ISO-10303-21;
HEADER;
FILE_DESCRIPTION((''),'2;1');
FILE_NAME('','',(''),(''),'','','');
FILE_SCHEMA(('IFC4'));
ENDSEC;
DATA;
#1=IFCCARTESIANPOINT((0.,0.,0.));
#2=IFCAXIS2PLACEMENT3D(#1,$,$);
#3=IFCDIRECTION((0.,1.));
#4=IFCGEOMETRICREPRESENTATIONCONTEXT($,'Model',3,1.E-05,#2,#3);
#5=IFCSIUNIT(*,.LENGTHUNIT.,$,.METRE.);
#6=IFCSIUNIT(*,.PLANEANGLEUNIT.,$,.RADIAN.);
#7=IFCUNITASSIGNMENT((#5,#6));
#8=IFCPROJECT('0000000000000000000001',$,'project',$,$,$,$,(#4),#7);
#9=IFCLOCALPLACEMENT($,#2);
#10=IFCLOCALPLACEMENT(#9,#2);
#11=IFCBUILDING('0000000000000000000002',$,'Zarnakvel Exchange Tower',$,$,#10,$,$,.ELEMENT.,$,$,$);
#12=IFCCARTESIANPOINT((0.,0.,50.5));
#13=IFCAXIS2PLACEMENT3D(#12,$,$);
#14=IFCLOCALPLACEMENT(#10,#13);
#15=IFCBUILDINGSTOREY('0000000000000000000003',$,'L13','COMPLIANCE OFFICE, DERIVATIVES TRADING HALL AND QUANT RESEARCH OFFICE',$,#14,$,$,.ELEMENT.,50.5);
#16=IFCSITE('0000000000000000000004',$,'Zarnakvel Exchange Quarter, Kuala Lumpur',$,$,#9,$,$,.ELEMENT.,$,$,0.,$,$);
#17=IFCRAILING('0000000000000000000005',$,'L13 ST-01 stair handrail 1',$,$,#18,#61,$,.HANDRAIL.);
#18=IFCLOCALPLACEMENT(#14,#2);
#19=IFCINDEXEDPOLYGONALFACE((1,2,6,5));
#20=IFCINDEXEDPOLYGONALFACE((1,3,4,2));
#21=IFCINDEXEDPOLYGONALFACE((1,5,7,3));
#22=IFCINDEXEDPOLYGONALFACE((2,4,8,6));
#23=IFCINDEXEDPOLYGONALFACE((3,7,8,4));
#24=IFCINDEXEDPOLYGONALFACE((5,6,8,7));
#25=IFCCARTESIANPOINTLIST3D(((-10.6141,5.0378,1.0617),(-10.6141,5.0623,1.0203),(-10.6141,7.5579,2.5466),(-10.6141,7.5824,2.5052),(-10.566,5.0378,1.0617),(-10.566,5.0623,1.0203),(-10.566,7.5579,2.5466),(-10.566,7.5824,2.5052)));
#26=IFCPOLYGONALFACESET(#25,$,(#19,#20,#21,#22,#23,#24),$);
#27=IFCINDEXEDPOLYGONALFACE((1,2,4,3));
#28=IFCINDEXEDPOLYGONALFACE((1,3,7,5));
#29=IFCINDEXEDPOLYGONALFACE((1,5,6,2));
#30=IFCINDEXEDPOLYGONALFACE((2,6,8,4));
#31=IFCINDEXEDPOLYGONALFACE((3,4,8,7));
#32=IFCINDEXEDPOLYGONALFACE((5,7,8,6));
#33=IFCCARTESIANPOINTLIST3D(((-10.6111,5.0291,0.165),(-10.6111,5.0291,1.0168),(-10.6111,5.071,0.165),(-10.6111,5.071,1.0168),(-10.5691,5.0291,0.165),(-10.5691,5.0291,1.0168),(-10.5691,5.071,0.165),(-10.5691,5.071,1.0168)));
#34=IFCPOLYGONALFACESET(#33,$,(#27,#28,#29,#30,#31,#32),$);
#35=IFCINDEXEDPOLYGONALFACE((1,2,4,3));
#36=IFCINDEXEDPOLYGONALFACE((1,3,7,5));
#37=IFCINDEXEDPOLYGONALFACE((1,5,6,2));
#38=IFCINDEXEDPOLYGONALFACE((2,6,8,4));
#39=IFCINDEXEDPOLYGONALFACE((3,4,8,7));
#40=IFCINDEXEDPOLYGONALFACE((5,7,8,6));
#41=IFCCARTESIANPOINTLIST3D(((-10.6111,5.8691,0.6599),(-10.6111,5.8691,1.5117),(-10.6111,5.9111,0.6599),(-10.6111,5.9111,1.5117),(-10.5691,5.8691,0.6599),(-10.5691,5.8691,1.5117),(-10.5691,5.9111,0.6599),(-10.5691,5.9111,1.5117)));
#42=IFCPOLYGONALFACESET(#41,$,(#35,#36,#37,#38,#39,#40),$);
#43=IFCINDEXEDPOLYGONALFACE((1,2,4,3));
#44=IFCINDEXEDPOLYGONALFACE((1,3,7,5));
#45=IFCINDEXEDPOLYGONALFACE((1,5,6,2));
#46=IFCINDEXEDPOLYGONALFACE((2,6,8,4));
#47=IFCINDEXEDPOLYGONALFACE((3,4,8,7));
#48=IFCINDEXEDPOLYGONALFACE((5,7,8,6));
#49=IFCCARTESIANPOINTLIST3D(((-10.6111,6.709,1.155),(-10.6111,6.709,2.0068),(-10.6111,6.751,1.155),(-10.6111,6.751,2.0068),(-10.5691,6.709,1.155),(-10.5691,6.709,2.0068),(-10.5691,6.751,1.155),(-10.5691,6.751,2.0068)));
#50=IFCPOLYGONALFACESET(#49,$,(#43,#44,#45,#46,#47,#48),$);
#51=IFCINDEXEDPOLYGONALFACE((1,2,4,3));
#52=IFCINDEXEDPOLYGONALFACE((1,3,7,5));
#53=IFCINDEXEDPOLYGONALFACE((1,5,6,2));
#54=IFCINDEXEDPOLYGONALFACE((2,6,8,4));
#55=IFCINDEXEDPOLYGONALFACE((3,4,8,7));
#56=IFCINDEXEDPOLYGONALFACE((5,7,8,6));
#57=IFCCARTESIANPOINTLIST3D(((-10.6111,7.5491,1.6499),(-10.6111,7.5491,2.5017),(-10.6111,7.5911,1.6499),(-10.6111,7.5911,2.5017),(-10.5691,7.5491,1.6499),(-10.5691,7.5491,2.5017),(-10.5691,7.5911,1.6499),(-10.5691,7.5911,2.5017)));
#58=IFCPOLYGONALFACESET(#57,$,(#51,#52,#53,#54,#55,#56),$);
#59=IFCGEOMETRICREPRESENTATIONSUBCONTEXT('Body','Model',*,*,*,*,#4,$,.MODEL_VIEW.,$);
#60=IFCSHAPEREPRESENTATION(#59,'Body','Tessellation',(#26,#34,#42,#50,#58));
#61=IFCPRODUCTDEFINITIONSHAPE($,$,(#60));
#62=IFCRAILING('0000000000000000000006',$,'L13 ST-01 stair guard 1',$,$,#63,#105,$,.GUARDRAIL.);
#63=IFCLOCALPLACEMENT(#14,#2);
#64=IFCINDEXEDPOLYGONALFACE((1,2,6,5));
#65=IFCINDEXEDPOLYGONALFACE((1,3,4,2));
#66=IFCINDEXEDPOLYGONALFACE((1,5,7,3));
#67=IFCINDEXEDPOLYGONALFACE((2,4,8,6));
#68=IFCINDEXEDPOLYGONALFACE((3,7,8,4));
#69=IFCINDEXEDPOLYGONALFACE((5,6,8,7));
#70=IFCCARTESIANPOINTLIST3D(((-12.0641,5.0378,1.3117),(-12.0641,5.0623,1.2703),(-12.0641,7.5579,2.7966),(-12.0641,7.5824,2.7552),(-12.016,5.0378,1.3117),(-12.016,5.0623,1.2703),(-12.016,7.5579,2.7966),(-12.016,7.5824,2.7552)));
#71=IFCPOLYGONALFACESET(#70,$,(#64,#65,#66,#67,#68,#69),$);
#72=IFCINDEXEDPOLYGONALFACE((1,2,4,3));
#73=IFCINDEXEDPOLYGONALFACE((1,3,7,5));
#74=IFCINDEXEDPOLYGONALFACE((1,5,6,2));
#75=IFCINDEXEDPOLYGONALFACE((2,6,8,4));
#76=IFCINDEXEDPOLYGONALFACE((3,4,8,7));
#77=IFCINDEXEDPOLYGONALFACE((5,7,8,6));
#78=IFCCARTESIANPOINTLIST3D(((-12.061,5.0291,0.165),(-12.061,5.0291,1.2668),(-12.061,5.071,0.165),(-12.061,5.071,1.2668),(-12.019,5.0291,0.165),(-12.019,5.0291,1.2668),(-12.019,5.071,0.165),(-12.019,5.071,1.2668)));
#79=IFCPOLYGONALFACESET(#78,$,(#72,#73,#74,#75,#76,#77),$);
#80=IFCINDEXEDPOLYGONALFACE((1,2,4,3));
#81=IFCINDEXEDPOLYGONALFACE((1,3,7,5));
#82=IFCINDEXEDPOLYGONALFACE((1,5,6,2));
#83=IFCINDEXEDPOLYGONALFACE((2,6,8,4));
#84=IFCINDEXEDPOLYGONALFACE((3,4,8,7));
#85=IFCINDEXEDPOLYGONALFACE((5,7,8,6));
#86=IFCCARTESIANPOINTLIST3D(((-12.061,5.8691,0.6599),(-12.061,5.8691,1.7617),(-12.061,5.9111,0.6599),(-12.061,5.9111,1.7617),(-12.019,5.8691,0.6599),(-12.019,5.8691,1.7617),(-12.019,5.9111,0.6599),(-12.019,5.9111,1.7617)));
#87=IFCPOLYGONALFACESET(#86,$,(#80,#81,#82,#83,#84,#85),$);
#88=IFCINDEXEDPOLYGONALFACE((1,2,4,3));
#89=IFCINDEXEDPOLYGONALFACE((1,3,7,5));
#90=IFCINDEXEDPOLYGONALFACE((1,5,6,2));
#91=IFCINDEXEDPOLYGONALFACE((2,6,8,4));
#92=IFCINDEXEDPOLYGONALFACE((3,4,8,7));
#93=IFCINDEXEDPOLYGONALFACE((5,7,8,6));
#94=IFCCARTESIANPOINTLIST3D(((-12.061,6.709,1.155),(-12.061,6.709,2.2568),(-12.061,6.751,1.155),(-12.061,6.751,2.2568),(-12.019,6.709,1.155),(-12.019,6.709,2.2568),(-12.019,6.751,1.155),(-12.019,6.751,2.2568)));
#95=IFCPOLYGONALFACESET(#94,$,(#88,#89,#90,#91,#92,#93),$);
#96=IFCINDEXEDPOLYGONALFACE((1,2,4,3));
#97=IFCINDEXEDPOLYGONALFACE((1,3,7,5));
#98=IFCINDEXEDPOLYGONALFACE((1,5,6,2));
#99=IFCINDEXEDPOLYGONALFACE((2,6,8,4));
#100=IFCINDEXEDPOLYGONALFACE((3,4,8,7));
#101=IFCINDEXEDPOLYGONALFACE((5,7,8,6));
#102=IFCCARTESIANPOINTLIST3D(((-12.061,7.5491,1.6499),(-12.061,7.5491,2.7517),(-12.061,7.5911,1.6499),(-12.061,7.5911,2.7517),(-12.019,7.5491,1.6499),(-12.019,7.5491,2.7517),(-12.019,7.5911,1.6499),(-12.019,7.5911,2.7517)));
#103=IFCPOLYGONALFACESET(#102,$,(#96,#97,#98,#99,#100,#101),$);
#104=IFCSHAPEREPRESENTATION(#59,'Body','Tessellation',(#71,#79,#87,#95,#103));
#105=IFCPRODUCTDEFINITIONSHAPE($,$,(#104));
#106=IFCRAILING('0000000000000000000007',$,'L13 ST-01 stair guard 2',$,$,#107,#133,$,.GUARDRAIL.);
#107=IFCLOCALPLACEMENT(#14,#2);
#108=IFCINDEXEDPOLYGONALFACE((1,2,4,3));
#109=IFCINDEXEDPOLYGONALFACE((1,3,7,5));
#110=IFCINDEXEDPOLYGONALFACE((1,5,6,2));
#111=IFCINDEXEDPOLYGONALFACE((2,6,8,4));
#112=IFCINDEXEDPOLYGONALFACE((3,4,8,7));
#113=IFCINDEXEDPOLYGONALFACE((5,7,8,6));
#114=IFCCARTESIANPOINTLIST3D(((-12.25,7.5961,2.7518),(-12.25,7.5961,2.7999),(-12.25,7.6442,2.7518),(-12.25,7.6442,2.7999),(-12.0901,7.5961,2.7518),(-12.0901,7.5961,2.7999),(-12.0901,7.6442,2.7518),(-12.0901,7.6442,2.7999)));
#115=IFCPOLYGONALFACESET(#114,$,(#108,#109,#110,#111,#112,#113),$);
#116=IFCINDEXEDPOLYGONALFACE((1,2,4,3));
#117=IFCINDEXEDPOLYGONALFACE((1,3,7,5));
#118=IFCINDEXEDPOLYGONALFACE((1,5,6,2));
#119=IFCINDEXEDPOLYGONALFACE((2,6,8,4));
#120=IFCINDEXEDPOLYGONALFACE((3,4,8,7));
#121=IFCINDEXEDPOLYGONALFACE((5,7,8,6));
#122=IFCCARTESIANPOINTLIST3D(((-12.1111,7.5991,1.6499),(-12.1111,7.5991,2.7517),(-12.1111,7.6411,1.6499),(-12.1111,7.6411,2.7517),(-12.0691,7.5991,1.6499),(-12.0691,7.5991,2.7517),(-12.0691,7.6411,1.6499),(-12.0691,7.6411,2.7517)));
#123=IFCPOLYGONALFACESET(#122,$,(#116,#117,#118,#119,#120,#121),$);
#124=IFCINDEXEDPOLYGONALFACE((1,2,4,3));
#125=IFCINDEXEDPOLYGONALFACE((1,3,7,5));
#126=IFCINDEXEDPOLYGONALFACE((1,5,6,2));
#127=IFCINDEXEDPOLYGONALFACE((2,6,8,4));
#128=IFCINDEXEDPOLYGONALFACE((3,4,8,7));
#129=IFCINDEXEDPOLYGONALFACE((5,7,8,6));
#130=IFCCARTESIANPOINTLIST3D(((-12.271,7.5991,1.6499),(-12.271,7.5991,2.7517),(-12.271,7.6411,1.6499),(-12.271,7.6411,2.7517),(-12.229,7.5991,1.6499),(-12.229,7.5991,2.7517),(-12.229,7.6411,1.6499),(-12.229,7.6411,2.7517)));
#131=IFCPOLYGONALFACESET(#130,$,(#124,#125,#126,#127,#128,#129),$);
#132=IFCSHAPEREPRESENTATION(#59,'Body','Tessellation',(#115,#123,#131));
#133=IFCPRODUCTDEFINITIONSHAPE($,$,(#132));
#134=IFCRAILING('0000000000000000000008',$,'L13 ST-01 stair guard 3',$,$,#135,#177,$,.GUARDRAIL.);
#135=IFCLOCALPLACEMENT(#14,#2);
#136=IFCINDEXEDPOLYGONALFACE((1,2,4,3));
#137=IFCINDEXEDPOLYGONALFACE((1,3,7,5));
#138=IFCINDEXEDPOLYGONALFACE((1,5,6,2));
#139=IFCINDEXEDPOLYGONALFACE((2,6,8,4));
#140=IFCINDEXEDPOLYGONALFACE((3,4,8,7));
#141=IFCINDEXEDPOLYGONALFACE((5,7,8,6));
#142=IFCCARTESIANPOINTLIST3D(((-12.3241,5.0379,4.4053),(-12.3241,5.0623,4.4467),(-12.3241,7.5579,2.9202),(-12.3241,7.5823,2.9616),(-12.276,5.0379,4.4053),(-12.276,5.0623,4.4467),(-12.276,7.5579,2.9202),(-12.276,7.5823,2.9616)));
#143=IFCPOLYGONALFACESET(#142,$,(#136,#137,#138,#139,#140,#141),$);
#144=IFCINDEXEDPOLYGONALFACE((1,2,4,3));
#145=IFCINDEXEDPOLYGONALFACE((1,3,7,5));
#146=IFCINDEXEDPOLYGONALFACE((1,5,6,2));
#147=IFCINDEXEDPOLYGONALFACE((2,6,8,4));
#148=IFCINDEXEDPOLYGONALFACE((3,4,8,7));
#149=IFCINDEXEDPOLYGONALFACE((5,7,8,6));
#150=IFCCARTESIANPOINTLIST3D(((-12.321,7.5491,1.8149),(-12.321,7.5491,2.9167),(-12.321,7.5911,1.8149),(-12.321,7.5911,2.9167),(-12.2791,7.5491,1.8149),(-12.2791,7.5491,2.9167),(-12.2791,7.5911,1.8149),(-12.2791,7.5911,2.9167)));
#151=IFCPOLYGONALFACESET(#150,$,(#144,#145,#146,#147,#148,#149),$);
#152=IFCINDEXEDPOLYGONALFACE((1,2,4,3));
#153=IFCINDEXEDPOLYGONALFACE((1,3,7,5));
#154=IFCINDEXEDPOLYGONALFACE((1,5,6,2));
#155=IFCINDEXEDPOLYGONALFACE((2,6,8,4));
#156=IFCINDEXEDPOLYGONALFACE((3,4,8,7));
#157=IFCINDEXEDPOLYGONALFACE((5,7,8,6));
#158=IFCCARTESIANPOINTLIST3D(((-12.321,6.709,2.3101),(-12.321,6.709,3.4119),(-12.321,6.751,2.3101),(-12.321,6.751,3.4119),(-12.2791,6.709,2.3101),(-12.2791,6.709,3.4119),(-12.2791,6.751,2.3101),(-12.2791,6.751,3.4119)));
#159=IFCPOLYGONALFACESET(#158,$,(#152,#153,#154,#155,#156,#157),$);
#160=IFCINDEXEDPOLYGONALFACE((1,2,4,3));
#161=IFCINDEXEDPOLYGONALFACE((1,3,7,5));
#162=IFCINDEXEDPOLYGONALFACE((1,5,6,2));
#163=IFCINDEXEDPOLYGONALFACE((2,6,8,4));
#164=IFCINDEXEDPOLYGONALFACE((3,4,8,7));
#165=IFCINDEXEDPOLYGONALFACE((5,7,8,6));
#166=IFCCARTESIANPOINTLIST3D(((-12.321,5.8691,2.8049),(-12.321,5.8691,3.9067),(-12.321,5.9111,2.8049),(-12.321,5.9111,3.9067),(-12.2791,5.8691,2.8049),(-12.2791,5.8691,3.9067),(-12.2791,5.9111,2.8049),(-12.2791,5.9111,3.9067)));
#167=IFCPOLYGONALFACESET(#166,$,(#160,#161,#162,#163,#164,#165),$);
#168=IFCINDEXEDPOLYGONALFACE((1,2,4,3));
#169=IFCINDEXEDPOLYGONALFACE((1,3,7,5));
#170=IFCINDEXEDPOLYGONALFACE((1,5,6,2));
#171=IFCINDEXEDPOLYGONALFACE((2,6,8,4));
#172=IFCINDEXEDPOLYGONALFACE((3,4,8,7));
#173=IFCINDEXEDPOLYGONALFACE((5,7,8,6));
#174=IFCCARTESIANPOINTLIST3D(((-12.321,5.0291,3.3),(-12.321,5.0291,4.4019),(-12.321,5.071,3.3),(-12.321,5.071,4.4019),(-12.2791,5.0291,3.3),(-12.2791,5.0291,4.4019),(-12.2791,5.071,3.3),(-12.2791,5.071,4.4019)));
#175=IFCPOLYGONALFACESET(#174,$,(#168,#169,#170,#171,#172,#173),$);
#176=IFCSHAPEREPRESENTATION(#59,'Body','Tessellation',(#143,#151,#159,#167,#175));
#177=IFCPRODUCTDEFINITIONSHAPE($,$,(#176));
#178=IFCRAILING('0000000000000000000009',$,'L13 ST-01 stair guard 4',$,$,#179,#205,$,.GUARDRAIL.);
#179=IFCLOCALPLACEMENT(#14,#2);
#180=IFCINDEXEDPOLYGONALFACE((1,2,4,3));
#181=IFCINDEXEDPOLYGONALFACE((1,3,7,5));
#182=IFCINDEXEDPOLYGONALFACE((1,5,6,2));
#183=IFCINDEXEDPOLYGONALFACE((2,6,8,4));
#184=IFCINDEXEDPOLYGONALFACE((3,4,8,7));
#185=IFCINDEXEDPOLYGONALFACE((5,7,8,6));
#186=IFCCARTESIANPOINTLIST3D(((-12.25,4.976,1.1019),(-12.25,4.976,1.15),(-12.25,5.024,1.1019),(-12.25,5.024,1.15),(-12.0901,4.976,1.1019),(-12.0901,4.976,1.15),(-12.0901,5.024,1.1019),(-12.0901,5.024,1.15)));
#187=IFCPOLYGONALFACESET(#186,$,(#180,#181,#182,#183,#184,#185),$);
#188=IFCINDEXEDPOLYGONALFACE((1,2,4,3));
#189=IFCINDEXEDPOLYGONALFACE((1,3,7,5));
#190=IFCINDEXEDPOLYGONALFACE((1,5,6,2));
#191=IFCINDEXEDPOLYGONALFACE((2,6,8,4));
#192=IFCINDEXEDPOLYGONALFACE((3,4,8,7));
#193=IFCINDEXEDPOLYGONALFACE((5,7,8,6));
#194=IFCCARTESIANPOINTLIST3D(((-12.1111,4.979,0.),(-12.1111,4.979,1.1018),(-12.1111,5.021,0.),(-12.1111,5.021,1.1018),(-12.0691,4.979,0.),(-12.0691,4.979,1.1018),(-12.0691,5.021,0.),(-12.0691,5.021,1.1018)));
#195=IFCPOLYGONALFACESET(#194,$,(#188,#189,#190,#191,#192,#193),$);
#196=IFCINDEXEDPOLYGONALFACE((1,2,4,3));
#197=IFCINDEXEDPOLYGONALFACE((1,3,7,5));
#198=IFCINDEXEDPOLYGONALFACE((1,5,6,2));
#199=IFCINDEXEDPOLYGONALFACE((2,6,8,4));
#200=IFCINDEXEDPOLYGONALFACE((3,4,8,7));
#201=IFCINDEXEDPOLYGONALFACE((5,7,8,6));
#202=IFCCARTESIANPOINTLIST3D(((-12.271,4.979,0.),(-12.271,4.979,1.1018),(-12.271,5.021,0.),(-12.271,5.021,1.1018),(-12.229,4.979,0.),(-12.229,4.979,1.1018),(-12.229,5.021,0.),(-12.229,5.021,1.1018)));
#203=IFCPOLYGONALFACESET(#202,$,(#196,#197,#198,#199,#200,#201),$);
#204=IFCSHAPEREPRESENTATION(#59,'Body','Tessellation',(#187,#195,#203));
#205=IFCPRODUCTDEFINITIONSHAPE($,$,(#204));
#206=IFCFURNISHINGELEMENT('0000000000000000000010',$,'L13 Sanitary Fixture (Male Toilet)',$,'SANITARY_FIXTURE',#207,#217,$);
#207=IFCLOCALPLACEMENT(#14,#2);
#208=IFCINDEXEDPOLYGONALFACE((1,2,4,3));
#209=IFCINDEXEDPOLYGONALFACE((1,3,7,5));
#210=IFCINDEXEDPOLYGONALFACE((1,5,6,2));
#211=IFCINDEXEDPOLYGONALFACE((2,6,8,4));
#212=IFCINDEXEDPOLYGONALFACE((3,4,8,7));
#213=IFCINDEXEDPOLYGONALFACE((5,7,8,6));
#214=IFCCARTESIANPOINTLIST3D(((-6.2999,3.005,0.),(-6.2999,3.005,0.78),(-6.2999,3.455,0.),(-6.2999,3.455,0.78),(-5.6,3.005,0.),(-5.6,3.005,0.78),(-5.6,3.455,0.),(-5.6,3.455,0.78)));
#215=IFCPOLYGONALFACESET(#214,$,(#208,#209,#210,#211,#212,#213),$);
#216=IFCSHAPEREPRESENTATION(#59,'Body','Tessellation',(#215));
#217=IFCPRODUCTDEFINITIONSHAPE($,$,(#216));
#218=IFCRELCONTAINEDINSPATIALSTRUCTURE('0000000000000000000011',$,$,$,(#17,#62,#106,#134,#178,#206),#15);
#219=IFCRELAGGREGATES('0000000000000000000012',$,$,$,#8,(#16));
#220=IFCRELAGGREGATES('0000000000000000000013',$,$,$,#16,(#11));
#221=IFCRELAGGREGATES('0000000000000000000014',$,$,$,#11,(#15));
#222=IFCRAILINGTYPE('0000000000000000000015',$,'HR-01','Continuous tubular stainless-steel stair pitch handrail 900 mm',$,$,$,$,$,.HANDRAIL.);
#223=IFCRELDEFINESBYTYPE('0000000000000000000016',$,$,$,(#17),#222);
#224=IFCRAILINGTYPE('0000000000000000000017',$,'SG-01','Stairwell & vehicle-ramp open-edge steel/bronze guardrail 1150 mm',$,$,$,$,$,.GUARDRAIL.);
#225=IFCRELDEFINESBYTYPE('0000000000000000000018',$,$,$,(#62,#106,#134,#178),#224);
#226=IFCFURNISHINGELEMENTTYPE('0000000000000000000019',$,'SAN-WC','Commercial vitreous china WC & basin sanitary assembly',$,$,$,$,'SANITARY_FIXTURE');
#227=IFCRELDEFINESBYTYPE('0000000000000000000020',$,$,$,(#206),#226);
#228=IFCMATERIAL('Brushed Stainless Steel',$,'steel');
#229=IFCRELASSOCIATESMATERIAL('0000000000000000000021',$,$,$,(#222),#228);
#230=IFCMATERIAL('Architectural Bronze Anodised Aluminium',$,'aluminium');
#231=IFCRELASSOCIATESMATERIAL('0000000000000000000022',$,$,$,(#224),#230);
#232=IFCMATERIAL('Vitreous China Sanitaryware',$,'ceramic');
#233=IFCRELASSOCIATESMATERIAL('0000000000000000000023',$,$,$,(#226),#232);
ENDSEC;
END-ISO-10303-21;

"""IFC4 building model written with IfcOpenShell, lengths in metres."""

from ifc_helpers import new_model, si_unit, direction, frame, origin, origin_2d, place, context, subcontext, project, spatial, rectangle, extrude, source, transform, mapped, material, type_object, element, save


model = new_model("IFC4")

# Units and contexts
model_context = context("Model", 3, precision=1e-05, world=origin(), true_north=direction((0.0, 1.0)))
body_context = subcontext(model_context, "Body", "Model", "MODEL_VIEW")
ifc_project = project(units=[si_unit("LENGTHUNIT", "METRE"), si_unit("PLANEANGLEUNIT", "RADIAN")], contexts=[model_context])

# Site, building, storey
site_placement = place(None, origin())
site = spatial("IfcSite", under=ifc_project, at=site_placement, Name="Zarnakvel Exchange Quarter, Kuala Lumpur", CompositionType="ELEMENT", RefElevation=0.0)
building_placement = place(site_placement, origin())
building = spatial("IfcBuilding", under=site, at=building_placement, Name="Zarnakvel Exchange Tower", CompositionType="ELEMENT")
storey_placement = place(building_placement, frame((0.0, 0.0, 50.5)))
storey = spatial("IfcBuildingStorey", under=building, at=storey_placement, Name="L13", Description="COMPLIANCE OFFICE, DERIVATIVES TRADING HALL AND QUANT RESEARCH OFFICE", CompositionType="ELEMENT", Elevation=50.5)

# Shared definitions
ifc_material_1 = material(Name="Brushed Stainless Steel", Category="steel")

# Railings
railing_type_1 = type_object("IfcRailingType", Name="HR-01", Description="Continuous tubular stainless-steel stair pitch handrail 900 mm", PredefinedType="HANDRAIL", material=ifc_material_1)
railing_1_placement = place(storey_placement, frame((-10.5901, 5.05, 0.165)))
element("IfcRailing", 1, at=railing_1_placement, inside=storey, type_object=railing_type_1, Name="L13 ST-01 stair handrail 1", PredefinedType="HANDRAIL", context=body_context, shape_type="SweptSolid", body=[
    extrude(rectangle(XDim=0.0481, YDim=0.0481, at=origin_2d()), frame((0.0, 0.0, 0.876), z_axis=(0.0, 0.861561, 0.507655), x_axis=(-1.0, 0.0, 0.0)), (0.0, 0.0, 1.0), 2.925),
    extrude(rectangle(XDim=0.042, YDim=0.042, at=origin_2d()), origin(), (0.0, 0.0, 1.0), 0.8518),
    extrude(rectangle(XDim=0.042, YDim=0.042, at=origin_2d()), frame((0.0, 0.8401, 0.4949)), (0.0, 0.0, 1.0), 0.8518),
    extrude(rectangle(XDim=0.042, YDim=0.042, at=origin_2d()), frame((0.0, 1.6799, 0.99)), (0.0, 0.0, 1.0), 0.8518),
    extrude(rectangle(XDim=0.042, YDim=0.042, at=origin_2d()), frame((0.0, 2.52, 1.4849)), (0.0, 0.0, 1.0), 0.8518),
])
ifc_material_2 = material(Name="Architectural Bronze Anodised Aluminium", Category="aluminium")
railing_type_2 = type_object("IfcRailingType", Name="SG-01", Description="Stairwell & vehicle-ramp open-edge steel/bronze guardrail 1150 mm", PredefinedType="GUARDRAIL", material=ifc_material_2)
railing_2_placement = place(storey_placement, frame((-12.04, 5.05, 0.165)))
element("IfcRailing", 2, at=railing_2_placement, inside=storey, type_object=railing_type_2, Name="L13 ST-01 stair guard 1", PredefinedType="GUARDRAIL", context=body_context, shape_type="SweptSolid", body=[
    extrude(rectangle(XDim=0.0481, YDim=0.0481, at=origin_2d()), frame((0.0, 0.0, 1.126), z_axis=(0.0, 0.861561, 0.507655), x_axis=(-1.0, 0.0, 0.0)), (0.0, 0.0, 1.0), 2.925),
    extrude(rectangle(XDim=0.042, YDim=0.042, at=origin_2d()), origin(), (0.0, 0.0, 1.0), 1.1018),
    extrude(rectangle(XDim=0.042, YDim=0.042, at=origin_2d()), frame((0.0, 0.8401, 0.4949)), (0.0, 0.0, 1.0), 1.1018),
    extrude(rectangle(XDim=0.042, YDim=0.042, at=origin_2d()), frame((0.0, 1.6799, 0.99)), (0.0, 0.0, 1.0), 1.1018),
    extrude(rectangle(XDim=0.042, YDim=0.042, at=origin_2d()), frame((0.0, 2.52, 1.4849)), (0.0, 0.0, 1.0), 1.1018),
])
railing_3_placement = place(storey_placement, frame((-12.0901, 7.6201, 1.6499)))
element("IfcRailing", 3, at=railing_3_placement, inside=storey, type_object=railing_type_2, Name="L13 ST-01 stair guard 2", PredefinedType="GUARDRAIL", context=body_context, shape_type="SweptSolid", body=[
    extrude(rectangle(XDim=0.0481, YDim=0.0481, at=origin_2d()), frame((0.0, 0.0, 1.126), z_axis=(-1.0, 0.0, 0.0), x_axis=(0.0, -1.0, 0.0)), (0.0, 0.0, 1.0), 0.1599),
    extrude(rectangle(XDim=0.042, YDim=0.042, at=origin_2d()), origin(), (0.0, 0.0, 1.0), 1.1018),
    extrude(rectangle(XDim=0.042, YDim=0.042, at=origin_2d()), frame((-0.1599, 0.0, 0.0)), (0.0, 0.0, 1.0), 1.1018),
])
railing_4_placement = place(storey_placement, frame((-12.3, 7.5701, 1.8149)))
element("IfcRailing", 4, at=railing_4_placement, inside=storey, type_object=railing_type_2, Name="L13 ST-01 stair guard 3", PredefinedType="GUARDRAIL", context=body_context, shape_type="SweptSolid", body=[
    extrude(rectangle(XDim=0.0481, YDim=0.0481, at=origin_2d()), frame((0.0, 0.0, 1.126), z_axis=(0.0, -0.861524, 0.507717), x_axis=(1.0, 0.0, 0.0)), (0.0, 0.0, 1.0), 2.925),
    extrude(rectangle(XDim=0.042, YDim=0.042, at=origin_2d()), origin(), (0.0, 0.0, 1.0), 1.1018),
    extrude(rectangle(XDim=0.042, YDim=0.042, at=origin_2d()), frame((0.0, -0.8401, 0.4951)), (0.0, 0.0, 1.0), 1.1018),
    extrude(rectangle(XDim=0.042, YDim=0.042, at=origin_2d()), frame((0.0, -1.6799, 0.99)), (0.0, 0.0, 1.0), 1.1018),
    extrude(rectangle(XDim=0.042, YDim=0.042, at=origin_2d()), frame((0.0, -2.52, 1.4851)), (0.0, 0.0, 1.0), 1.1018),
])
railing_5_placement = place(storey_placement, frame((-12.0901, 5.0, 0.0)))
element("IfcRailing", 5, at=railing_5_placement, inside=storey, type_object=railing_type_2, Name="L13 ST-01 stair guard 4", PredefinedType="GUARDRAIL", context=body_context, shape_type="SweptSolid", body=[
    extrude(rectangle(XDim=0.0481, YDim=0.0481, at=origin_2d()), frame((0.0, 0.0, 1.126), z_axis=(-1.0, 0.0, 0.0), x_axis=(0.0, -1.0, 0.0)), (0.0, 0.0, 1.0), 0.1599),
    extrude(rectangle(XDim=0.042, YDim=0.042, at=origin_2d()), origin(), (0.0, 0.0, 1.0), 1.1018),
    extrude(rectangle(XDim=0.042, YDim=0.042, at=origin_2d()), frame((-0.1599, 0.0, 0.0)), (0.0, 0.0, 1.0), 1.1018),
])

# Furnishing element
ifc_material_3 = material(Name="Vitreous China Sanitaryware", Category="ceramic")
furnishing_element_type = type_object("IfcFurnishingElementType", Name="SAN-WC", Description="Commercial vitreous china WC & basin sanitary assembly", ElementType="SANITARY_FIXTURE", material=ifc_material_3)
shared_shape_1 = source(origin(), body_context, "Body", "SweptSolid", [
    extrude(rectangle(XDim=0.7, YDim=0.45, at=origin_2d()), origin(), (0.0, 0.0, 1.0), 0.78),
])
furnishing_placement = place(storey_placement, frame((-5.95, 3.23, 0.0), z_axis=(0.0, 0.0, 1.0), x_axis=(1.0, 0.0, 0.0)))
element("IfcFurnishingElement", 6, at=furnishing_placement, inside=storey, type_object=furnishing_element_type, Name="L13 Sanitary Fixture (Male Toilet)", ObjectType="SANITARY_FIXTURE", context=body_context, shape_type="MappedRepresentation", body=[
    mapped(shared_shape_1, transform((0.0, 0.0, 0.0), x_axis=(1.0, 0.0, 0.0), y_axis=(0.0, 1.0, 0.0), z_axis=(0.0, 0.0, 1.0), scale=1.0)),
])

save(model, "model.ifc")
